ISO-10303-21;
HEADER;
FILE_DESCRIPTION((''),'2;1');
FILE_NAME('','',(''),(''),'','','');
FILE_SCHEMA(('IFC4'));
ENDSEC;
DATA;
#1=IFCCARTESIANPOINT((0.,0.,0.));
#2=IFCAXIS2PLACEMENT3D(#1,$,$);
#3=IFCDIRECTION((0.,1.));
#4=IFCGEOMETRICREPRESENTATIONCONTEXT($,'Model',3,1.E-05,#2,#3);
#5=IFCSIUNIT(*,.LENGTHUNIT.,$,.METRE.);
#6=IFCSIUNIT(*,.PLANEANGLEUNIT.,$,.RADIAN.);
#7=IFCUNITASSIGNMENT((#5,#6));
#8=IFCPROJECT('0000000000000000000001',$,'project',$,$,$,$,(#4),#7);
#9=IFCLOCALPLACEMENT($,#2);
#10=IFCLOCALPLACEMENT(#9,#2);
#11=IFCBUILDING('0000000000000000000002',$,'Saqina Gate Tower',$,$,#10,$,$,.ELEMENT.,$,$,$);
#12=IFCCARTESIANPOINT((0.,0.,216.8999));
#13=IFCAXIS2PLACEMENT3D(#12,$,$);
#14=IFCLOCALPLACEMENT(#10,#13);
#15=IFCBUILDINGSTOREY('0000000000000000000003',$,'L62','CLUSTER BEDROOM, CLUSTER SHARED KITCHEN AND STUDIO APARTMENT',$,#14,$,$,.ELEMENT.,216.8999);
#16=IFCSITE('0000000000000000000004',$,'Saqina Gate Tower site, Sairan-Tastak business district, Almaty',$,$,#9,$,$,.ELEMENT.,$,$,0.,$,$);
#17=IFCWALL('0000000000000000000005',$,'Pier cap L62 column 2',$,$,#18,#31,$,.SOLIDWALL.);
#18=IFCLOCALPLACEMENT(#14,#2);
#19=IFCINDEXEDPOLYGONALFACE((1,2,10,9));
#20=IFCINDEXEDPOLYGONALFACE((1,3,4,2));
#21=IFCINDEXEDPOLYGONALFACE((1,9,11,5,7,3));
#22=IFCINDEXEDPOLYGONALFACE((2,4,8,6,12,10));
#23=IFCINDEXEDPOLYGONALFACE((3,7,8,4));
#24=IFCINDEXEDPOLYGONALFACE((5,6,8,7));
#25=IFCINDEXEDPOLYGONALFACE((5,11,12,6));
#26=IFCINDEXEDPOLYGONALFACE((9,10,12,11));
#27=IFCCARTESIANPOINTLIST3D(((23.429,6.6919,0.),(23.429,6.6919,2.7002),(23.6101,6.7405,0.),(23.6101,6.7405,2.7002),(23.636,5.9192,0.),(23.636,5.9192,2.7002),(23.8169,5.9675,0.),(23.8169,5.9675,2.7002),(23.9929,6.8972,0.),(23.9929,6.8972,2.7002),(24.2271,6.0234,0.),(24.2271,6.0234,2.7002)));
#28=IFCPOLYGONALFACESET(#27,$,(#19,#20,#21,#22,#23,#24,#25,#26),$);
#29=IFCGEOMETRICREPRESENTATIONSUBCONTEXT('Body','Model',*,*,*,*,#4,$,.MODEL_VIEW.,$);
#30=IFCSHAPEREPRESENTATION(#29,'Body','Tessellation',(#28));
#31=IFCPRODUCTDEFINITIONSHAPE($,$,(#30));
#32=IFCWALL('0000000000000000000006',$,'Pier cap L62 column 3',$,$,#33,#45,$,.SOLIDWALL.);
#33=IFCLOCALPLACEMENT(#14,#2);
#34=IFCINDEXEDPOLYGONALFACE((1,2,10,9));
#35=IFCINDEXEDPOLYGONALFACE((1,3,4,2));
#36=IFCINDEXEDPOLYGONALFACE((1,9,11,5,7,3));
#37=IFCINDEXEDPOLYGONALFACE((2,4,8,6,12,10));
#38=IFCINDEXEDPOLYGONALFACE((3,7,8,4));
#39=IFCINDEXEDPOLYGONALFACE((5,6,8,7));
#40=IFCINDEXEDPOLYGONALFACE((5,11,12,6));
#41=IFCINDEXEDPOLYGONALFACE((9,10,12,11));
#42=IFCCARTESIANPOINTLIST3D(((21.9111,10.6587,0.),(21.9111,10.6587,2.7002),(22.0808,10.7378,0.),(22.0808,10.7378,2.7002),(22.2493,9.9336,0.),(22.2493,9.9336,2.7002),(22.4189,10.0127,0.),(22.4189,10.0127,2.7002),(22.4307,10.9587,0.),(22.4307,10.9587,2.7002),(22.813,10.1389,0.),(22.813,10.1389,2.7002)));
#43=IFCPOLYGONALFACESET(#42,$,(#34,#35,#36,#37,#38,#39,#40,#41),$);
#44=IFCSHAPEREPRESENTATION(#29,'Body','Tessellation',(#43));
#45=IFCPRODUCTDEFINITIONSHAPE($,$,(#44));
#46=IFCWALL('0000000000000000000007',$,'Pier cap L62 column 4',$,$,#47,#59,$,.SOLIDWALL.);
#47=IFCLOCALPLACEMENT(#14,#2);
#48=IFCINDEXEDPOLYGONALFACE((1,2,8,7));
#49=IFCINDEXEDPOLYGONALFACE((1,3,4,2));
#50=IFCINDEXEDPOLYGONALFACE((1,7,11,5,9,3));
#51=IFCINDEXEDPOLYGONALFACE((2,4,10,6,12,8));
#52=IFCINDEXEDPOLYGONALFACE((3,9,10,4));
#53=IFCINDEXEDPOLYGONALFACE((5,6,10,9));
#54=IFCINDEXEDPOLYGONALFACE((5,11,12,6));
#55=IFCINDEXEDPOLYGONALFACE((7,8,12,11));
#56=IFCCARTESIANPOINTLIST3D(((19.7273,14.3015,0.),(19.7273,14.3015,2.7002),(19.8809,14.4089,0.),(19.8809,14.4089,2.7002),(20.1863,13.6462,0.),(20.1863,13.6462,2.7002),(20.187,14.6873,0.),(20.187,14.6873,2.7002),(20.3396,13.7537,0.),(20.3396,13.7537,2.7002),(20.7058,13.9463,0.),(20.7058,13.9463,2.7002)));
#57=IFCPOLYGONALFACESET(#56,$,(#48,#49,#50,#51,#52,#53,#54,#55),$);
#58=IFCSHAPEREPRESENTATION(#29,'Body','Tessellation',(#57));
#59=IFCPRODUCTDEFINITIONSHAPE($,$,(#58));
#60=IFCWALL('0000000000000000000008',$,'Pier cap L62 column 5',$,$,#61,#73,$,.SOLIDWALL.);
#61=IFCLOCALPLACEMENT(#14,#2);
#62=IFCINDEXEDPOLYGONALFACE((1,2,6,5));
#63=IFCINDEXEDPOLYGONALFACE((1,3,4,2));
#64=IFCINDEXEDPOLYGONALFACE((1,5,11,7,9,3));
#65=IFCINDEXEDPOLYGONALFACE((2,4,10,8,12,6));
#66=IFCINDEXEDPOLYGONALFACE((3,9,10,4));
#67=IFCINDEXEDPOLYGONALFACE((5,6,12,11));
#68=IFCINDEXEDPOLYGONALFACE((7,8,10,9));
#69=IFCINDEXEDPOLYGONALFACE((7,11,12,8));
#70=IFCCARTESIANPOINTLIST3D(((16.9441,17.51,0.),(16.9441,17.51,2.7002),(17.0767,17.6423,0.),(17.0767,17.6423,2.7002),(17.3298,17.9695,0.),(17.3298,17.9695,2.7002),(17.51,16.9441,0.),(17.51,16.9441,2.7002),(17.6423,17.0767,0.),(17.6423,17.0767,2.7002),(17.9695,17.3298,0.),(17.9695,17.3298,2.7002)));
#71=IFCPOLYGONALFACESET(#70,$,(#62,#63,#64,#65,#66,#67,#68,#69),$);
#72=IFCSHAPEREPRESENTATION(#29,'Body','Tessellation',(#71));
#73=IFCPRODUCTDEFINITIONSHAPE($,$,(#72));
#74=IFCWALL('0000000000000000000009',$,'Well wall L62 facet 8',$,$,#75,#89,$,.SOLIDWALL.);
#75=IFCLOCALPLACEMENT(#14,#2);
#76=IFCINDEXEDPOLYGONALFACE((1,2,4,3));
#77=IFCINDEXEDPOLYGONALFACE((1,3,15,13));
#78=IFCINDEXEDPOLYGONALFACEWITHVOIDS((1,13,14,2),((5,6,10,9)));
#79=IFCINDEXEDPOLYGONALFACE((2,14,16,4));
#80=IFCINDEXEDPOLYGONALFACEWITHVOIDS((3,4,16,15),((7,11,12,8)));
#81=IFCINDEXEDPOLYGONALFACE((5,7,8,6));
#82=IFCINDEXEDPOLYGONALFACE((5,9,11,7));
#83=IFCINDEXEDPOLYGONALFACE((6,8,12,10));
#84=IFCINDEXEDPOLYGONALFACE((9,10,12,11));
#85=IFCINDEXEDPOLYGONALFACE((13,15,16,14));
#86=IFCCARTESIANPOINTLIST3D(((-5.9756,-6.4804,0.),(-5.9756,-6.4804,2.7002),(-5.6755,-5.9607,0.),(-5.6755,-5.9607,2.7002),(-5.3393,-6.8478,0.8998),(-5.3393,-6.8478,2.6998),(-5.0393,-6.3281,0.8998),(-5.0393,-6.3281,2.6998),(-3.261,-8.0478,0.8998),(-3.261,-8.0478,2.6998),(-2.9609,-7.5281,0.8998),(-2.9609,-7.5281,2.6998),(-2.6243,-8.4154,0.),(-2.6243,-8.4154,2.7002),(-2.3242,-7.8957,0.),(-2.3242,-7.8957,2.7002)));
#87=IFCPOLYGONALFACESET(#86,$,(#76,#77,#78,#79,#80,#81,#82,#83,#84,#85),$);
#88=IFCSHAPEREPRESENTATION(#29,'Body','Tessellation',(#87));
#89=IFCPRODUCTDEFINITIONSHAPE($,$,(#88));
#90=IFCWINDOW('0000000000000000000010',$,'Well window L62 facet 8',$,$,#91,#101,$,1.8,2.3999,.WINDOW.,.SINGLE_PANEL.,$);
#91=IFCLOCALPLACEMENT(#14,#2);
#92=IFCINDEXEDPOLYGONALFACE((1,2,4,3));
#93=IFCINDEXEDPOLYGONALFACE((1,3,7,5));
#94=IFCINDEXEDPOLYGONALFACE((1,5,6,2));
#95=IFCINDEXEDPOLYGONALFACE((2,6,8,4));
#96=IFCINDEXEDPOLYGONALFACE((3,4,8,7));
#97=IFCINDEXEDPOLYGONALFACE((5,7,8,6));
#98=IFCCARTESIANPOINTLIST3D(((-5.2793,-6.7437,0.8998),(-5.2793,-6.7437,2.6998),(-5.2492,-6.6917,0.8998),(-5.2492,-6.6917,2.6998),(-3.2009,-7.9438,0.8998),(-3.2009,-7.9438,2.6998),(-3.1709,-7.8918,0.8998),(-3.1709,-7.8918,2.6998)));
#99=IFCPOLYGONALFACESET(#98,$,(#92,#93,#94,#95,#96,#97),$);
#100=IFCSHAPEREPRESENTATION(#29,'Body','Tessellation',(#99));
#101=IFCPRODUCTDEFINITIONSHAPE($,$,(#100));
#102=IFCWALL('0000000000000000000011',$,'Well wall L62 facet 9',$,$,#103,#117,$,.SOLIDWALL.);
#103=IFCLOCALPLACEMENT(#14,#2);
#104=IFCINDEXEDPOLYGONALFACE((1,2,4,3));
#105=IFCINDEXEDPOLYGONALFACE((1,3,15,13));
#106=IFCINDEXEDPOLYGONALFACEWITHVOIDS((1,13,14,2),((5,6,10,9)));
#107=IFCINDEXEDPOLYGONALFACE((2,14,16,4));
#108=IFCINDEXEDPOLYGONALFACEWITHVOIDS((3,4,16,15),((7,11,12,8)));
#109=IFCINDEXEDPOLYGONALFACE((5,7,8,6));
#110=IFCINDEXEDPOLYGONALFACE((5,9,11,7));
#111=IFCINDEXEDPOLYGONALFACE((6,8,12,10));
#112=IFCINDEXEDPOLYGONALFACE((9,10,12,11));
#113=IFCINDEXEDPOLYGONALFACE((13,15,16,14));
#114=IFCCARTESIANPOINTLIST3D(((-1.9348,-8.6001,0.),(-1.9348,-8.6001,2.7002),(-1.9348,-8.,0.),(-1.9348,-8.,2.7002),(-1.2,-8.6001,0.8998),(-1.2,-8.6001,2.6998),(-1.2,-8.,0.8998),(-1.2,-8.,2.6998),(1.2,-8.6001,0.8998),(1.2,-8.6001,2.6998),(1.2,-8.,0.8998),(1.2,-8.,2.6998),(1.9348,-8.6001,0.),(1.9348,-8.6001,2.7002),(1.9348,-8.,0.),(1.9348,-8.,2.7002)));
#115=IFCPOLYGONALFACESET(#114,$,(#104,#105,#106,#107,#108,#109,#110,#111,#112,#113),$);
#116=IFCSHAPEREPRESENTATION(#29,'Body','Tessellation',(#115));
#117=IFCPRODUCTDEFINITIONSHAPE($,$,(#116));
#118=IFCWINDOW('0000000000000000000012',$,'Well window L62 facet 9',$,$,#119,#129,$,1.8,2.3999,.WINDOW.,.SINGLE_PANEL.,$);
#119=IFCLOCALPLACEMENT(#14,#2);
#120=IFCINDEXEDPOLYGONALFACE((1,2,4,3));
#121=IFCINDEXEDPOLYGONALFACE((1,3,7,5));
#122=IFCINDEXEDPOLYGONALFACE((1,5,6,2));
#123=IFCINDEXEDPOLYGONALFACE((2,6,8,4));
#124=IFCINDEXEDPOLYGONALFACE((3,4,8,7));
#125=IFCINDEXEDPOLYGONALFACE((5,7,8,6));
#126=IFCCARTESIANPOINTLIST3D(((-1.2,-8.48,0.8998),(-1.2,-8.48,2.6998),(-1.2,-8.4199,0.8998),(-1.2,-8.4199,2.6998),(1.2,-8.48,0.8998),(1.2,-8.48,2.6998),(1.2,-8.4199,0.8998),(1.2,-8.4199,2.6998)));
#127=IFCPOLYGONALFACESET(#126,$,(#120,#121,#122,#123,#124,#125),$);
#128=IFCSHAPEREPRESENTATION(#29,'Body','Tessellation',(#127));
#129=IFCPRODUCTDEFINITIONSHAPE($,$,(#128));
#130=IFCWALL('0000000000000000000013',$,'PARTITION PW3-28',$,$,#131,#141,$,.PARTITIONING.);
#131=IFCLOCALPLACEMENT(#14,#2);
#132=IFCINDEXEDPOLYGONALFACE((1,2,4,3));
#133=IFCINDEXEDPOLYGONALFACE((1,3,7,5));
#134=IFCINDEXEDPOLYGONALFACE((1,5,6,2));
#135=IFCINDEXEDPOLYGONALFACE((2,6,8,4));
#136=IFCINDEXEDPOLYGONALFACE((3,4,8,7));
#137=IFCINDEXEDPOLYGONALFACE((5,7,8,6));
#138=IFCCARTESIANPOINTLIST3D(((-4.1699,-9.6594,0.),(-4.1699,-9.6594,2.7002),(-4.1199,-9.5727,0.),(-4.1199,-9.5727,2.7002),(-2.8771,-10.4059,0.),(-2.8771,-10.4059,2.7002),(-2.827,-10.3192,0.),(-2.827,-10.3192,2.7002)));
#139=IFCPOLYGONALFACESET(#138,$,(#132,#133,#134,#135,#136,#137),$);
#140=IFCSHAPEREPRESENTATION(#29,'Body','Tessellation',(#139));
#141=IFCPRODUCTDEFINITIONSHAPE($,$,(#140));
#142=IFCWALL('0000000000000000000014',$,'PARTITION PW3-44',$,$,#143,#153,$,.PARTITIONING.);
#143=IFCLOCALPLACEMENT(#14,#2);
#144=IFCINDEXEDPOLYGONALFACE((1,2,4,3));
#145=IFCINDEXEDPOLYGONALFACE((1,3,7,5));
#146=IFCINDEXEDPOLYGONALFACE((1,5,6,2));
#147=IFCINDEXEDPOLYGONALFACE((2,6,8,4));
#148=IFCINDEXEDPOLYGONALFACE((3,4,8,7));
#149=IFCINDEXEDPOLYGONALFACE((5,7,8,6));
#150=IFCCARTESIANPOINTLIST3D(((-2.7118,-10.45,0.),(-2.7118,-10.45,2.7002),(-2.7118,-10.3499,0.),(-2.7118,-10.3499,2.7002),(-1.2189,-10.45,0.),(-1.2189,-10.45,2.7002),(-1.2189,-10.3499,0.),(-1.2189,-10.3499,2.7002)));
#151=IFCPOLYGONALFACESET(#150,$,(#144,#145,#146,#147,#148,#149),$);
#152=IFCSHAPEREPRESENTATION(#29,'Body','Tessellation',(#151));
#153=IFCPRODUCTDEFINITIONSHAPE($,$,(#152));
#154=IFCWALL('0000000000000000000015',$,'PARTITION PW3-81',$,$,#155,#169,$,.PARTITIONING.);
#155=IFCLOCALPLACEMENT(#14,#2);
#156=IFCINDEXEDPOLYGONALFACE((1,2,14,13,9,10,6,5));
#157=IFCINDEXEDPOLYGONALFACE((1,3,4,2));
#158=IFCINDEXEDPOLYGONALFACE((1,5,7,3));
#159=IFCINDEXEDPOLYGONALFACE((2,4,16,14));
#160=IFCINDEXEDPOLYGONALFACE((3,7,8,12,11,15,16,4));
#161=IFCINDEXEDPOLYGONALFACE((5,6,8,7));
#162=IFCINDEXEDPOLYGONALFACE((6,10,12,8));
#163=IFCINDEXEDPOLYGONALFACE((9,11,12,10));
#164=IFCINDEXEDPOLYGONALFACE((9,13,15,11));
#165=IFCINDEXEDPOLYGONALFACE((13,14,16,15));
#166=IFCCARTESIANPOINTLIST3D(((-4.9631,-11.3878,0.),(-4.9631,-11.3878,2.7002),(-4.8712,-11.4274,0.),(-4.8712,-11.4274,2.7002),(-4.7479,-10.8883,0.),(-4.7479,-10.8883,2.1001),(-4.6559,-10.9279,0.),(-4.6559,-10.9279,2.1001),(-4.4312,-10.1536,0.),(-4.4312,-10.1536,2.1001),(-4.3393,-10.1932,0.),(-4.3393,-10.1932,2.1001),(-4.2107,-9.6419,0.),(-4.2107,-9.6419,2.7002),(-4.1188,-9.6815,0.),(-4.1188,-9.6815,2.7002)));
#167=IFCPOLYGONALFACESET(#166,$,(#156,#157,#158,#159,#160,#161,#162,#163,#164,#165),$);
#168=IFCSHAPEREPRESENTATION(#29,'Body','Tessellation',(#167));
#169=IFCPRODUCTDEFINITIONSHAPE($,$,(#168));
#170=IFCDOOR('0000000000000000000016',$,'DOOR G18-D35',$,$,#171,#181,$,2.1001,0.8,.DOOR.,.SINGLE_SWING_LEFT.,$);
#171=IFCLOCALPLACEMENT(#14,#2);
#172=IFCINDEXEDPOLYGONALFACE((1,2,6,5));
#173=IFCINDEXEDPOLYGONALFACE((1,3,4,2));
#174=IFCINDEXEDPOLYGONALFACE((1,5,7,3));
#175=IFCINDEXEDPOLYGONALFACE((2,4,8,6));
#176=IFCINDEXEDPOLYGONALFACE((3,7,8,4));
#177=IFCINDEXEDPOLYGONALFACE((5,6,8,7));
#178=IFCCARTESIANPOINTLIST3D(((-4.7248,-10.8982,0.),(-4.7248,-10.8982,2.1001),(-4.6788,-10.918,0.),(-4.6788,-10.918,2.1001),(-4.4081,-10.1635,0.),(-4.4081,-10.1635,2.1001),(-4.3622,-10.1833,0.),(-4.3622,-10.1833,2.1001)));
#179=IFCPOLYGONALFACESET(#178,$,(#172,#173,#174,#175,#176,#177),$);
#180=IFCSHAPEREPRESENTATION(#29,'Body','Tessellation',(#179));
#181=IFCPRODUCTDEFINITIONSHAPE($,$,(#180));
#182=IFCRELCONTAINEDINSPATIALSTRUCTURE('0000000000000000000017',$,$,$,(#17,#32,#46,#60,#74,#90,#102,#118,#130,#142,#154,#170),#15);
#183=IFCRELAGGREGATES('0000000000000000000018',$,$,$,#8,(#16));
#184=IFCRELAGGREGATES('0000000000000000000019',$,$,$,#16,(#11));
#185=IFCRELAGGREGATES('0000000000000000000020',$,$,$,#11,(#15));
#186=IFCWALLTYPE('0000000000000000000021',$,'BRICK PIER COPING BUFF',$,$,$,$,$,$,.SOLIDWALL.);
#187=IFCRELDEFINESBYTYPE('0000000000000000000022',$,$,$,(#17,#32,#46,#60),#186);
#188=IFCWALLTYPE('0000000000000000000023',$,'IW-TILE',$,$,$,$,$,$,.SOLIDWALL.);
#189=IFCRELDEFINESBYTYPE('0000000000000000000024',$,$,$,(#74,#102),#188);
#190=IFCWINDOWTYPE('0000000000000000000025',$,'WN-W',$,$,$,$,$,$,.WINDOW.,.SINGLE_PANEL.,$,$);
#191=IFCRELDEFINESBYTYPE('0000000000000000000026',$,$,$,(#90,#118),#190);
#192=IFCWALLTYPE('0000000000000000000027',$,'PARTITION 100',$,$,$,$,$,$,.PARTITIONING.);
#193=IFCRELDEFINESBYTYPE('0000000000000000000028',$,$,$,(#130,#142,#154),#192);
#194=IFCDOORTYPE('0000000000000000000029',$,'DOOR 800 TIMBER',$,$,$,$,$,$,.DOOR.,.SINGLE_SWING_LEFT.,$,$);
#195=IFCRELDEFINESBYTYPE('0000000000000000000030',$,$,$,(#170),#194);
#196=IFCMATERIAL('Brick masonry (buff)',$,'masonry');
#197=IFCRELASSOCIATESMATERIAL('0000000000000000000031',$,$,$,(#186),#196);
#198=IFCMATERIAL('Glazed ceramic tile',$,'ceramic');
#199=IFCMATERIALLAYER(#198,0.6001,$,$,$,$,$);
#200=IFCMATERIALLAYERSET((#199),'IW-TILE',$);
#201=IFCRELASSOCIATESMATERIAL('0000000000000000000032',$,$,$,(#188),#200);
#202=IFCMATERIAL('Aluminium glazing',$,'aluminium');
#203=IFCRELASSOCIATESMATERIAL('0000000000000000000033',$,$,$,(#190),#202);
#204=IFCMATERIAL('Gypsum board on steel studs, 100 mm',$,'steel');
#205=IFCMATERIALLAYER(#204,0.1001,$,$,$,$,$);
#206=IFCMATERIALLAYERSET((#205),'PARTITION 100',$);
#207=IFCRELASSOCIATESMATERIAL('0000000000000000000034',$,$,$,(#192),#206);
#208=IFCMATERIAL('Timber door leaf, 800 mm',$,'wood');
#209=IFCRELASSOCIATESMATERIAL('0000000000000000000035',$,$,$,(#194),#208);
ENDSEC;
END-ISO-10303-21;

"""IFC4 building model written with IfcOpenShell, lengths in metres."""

from ifc_helpers import new_model, si_unit, direction, frame, frame_2d, origin, place, context, subcontext, project, spatial, polyline, rectangle, outline, extrude, material, layer, layer_set, type_object, element, fill, save


model = new_model("IFC4")

# Units and contexts
model_context = context("Model", 3, precision=1e-05, world=origin(), true_north=direction((0.0, 1.0)))
body_context = subcontext(model_context, "Body", "Model", "MODEL_VIEW")
ifc_project = project(units=[si_unit("LENGTHUNIT", "METRE"), si_unit("PLANEANGLEUNIT", "RADIAN")], contexts=[model_context])

# Site, building, storey
site_placement = place(None, origin())
site = spatial("IfcSite", under=ifc_project, at=site_placement, Name="Saqina Gate Tower site, Sairan-Tastak business district, Almaty", CompositionType="ELEMENT", RefElevation=0.0)
building_placement = place(site_placement, origin())
building = spatial("IfcBuilding", under=site, at=building_placement, Name="Saqina Gate Tower", CompositionType="ELEMENT")
storey_placement = place(building_placement, frame((0.0, 0.0, 216.8999)))
storey = spatial("IfcBuildingStorey", under=building, at=storey_placement, Name="L62", Description="CLUSTER BEDROOM, CLUSTER SHARED KITCHEN AND STUDIO APARTMENT", CompositionType="ELEMENT", Elevation=216.8999)

# Walls
ifc_material_1 = material(Name="Brick masonry (buff)", Category="masonry")
wall_type_1 = type_object("IfcWallType", Name="BRICK PIER COPING BUFF", PredefinedType="SOLIDWALL", material=ifc_material_1)
wall_1_placement = place(storey_placement, origin())
element("IfcWall", 1, at=wall_1_placement, inside=storey, type_object=wall_type_1, Name="Pier cap L62 column 2", PredefinedType="SOLIDWALL", context=body_context, shape_type="SweptSolid", body=[
    extrude(outline(polyline([(24.2271, 6.0234), (23.9929, 6.8972), (23.429, 6.6919), (23.6101, 6.7405), (23.8169, 5.9675), (23.636, 5.9192), (24.2271, 6.0234)])), origin(), (0.0, 0.0, 1.0), 2.7002),
])
wall_2_placement = place(storey_placement, origin())
element("IfcWall", 2, at=wall_2_placement, inside=storey, type_object=wall_type_1, Name="Pier cap L62 column 3", PredefinedType="SOLIDWALL", context=body_context, shape_type="SweptSolid", body=[
    extrude(outline(polyline([(22.4307, 10.9587), (21.9111, 10.6587), (22.0808, 10.7378), (22.4189, 10.0127), (22.2493, 9.9336), (22.813, 10.1389), (22.4307, 10.9587)])), origin(), (0.0, 0.0, 1.0), 2.7002),
])
wall_3_placement = place(storey_placement, origin())
element("IfcWall", 3, at=wall_3_placement, inside=storey, type_object=wall_type_1, Name="Pier cap L62 column 4", PredefinedType="SOLIDWALL", context=body_context, shape_type="SweptSolid", body=[
    extrude(outline(polyline([(20.7058, 13.9463), (20.187, 14.6873), (19.7273, 14.3015), (19.8809, 14.4089), (20.3396, 13.7537), (20.1863, 13.6462), (20.7058, 13.9463)])), origin(), (0.0, 0.0, 1.0), 2.7002),
])
wall_4_placement = place(storey_placement, origin())
element("IfcWall", 4, at=wall_4_placement, inside=storey, type_object=wall_type_1, Name="Pier cap L62 column 5", PredefinedType="SOLIDWALL", context=body_context, shape_type="SweptSolid", body=[
    extrude(outline(polyline([(17.3298, 17.9695), (16.9441, 17.51), (17.0767, 17.6423), (17.6423, 17.0767), (17.51, 16.9441), (17.9695, 17.3298), (17.3298, 17.9695)])), origin(), (0.0, 0.0, 1.0), 2.7002),
])

# Walls, openings, windows
ifc_material_2 = material(Name="Glazed ceramic tile", Category="ceramic")
ifc_layer_1 = layer(ifc_material_2, 0.6001)
ifc_layer_set_1 = layer_set([ifc_layer_1], Name="IW-TILE")
wall_type_2 = type_object("IfcWallType", Name="IW-TILE", PredefinedType="SOLIDWALL", material=ifc_layer_set_1)
wall_5_placement = place(storey_placement, frame((-5.8257, -6.2205, 0.0), z_axis=(0.0, 0.0, 1.0), x_axis=(0.866006, -0.500034, 0.0)))
wall_5 = element("IfcWall", 5, at=wall_5_placement, inside=storey, type_object=wall_type_2, Name="Well wall L62 facet 8", PredefinedType="SOLIDWALL", context=body_context, shape_type="SweptSolid", body=[
    extrude(rectangle(XDim=3.8699, YDim=0.6001, at=frame_2d((1.9351, 0.0))), origin(), (0.0, 0.0, 1.0), 2.7002),
])
opening_1_placement = place(wall_5_placement, frame((0.7349, 0.0, 0.8999)))
opening_1 = element("IfcOpeningElement", 6, at=opening_1_placement, cuts=wall_5, PredefinedType="OPENING", context=body_context, shape_type="SweptSolid", body=[
    extrude(rectangle(XDim=2.3999, YDim=1.8, at=frame_2d((1.2, 0.8999))), frame((0.0, 0.312, 0.0), z_axis=(0.0, -1.0, 0.0), x_axis=(1.0, 0.0, 0.0)), (0.0, 0.0, 1.0), 0.624),
])
ifc_material_3 = material(Name="Aluminium glazing", Category="aluminium")
window_type = type_object("IfcWindowType", Name="WN-W", PartitioningType="SINGLE_PANEL", PredefinedType="WINDOW", material=ifc_material_3)
window_1_placement = place(opening_1_placement, origin())
window_1 = element("IfcWindow", 7, at=window_1_placement, inside=storey, type_object=window_type, Name="Well window L62 facet 8", OverallHeight=1.8, OverallWidth=2.3999, PartitioningType="SINGLE_PANEL", PredefinedType="WINDOW", context=body_context, shape_type="SweptSolid", body=[
    extrude(rectangle(XDim=2.3999, YDim=1.8, at=frame_2d((1.2, 0.8999))), frame((0.0, -0.1199, 0.0), z_axis=(0.0, -1.0, 0.0), x_axis=(1.0, 0.0, 0.0)), (0.0, 0.0, 1.0), 0.0601),
])
fill(opening_1, window_1)
wall_6_placement = place(storey_placement, frame((-1.9348, -8.3, 0.0), z_axis=(0.0, 0.0, 1.0), x_axis=(1.0, 0.0, 0.0)))
wall_6 = element("IfcWall", 8, at=wall_6_placement, inside=storey, type_object=wall_type_2, Name="Well wall L62 facet 9", PredefinedType="SOLIDWALL", context=body_context, shape_type="SweptSolid", body=[
    extrude(rectangle(XDim=3.8696, YDim=0.6001, at=frame_2d((1.9348, 0.0))), origin(), (0.0, 0.0, 1.0), 2.7002),
])
opening_2_placement = place(wall_6_placement, frame((0.7349, 0.0, 0.8999)))
opening_2 = element("IfcOpeningElement", 9, at=opening_2_placement, cuts=wall_6, PredefinedType="OPENING", context=body_context, shape_type="SweptSolid", body=[
    extrude(rectangle(XDim=2.3999, YDim=1.8, at=frame_2d((1.2, 0.8999))), frame((0.0, 0.312, 0.0), z_axis=(0.0, -1.0, 0.0), x_axis=(1.0, 0.0, 0.0)), (0.0, 0.0, 1.0), 0.624),
])
window_2_placement = place(opening_2_placement, origin())
window_2 = element("IfcWindow", 10, at=window_2_placement, inside=storey, type_object=window_type, Name="Well window L62 facet 9", OverallHeight=1.8, OverallWidth=2.3999, PartitioningType="SINGLE_PANEL", PredefinedType="WINDOW", context=body_context, shape_type="SweptSolid", body=[
    extrude(rectangle(XDim=2.3999, YDim=1.8, at=frame_2d((1.2, 0.8999))), frame((0.0, -0.1199, 0.0), z_axis=(0.0, -1.0, 0.0), x_axis=(1.0, 0.0, 0.0)), (0.0, 0.0, 1.0), 0.0601),
])
fill(opening_2, window_2)

# Walls
ifc_material_4 = material(Name="Gypsum board on steel studs, 100 mm", Category="steel")
ifc_layer_2 = layer(ifc_material_4, 0.1001)
ifc_layer_set_2 = layer_set([ifc_layer_2], Name="PARTITION 100")
wall_type_3 = type_object("IfcWallType", Name="PARTITION 100", PredefinedType="PARTITIONING", material=ifc_layer_set_2)
for number, where, z_axis, x_axis, name in (
    (11, (-4.145, -9.616, 0.0), (0.0, 0.0, 1.0), (0.866, -0.500043, 0.0), "PARTITION PW3-28"),
    (12, (-2.7119, -10.3999, 0.0), (0.0, 0.0, 1.0), (1.0, 0.0, 0.0), "PARTITION PW3-44"),
):
    element("IfcWall", number, at=place(storey_placement, frame(where, z_axis=z_axis, x_axis=x_axis)), inside=storey, type_object=wall_type_3, Name=name, PredefinedType="PARTITIONING", context=body_context, shape_type="SweptSolid", body=[
        extrude(rectangle(XDim=1.4929, YDim=0.1001, at=frame_2d((0.7466, 0.0))), origin(), (0.0, 0.0, 1.0), 2.7002),
    ])

# Wall, opening, door
wall_7_placement = place(storey_placement, frame((-4.9172, -11.4077, 0.0), z_axis=(0.0, 0.0, 1.0), x_axis=(0.395794, 0.918339, 0.0)))
wall_7 = element("IfcWall", 13, at=wall_7_placement, inside=storey, type_object=wall_type_3, Name="PARTITION PW3-81", PredefinedType="PARTITIONING", context=body_context, shape_type="SweptSolid", body=[
    extrude(rectangle(XDim=1.9011, YDim=0.1001, at=frame_2d((0.9507, 0.0))), origin(), (0.0, 0.0, 1.0), 2.7002),
])
opening_3_placement = place(wall_7_placement, frame((0.5442, 0.0, 0.0)))
opening_3 = element("IfcOpeningElement", 14, at=opening_3_placement, cuts=wall_7, PredefinedType="OPENING", context=body_context, shape_type="SweptSolid", body=[
    extrude(rectangle(XDim=0.8, YDim=2.1001, at=frame_2d((0.3999, 1.05))), frame((0.0, 0.062, 0.0), z_axis=(0.0, -1.0, 0.0), x_axis=(1.0, 0.0, 0.0)), (0.0, 0.0, 1.0), 0.124),
])
ifc_material_5 = material(Name="Timber door leaf, 800 mm", Category="wood")
door_type = type_object("IfcDoorType", Name="DOOR 800 TIMBER", OperationType="SINGLE_SWING_LEFT", PredefinedType="DOOR", material=ifc_material_5)
door_placement = place(opening_3_placement, origin())
door = element("IfcDoor", 15, at=door_placement, inside=storey, type_object=door_type, Name="DOOR G18-D35", OperationType="SINGLE_SWING_LEFT", OverallHeight=2.1001, OverallWidth=0.8, PredefinedType="DOOR", context=body_context, shape_type="SweptSolid", body=[
    extrude(rectangle(XDim=0.8, YDim=2.1001, at=frame_2d((0.3999, 1.05))), frame((0.0, 0.0249, 0.0), z_axis=(0.0, -1.0, 0.0), x_axis=(1.0, 0.0, 0.0)), (0.0, 0.0, 1.0), 0.05),
])
fill(opening_3, door)

save(model, "model.ifc")
